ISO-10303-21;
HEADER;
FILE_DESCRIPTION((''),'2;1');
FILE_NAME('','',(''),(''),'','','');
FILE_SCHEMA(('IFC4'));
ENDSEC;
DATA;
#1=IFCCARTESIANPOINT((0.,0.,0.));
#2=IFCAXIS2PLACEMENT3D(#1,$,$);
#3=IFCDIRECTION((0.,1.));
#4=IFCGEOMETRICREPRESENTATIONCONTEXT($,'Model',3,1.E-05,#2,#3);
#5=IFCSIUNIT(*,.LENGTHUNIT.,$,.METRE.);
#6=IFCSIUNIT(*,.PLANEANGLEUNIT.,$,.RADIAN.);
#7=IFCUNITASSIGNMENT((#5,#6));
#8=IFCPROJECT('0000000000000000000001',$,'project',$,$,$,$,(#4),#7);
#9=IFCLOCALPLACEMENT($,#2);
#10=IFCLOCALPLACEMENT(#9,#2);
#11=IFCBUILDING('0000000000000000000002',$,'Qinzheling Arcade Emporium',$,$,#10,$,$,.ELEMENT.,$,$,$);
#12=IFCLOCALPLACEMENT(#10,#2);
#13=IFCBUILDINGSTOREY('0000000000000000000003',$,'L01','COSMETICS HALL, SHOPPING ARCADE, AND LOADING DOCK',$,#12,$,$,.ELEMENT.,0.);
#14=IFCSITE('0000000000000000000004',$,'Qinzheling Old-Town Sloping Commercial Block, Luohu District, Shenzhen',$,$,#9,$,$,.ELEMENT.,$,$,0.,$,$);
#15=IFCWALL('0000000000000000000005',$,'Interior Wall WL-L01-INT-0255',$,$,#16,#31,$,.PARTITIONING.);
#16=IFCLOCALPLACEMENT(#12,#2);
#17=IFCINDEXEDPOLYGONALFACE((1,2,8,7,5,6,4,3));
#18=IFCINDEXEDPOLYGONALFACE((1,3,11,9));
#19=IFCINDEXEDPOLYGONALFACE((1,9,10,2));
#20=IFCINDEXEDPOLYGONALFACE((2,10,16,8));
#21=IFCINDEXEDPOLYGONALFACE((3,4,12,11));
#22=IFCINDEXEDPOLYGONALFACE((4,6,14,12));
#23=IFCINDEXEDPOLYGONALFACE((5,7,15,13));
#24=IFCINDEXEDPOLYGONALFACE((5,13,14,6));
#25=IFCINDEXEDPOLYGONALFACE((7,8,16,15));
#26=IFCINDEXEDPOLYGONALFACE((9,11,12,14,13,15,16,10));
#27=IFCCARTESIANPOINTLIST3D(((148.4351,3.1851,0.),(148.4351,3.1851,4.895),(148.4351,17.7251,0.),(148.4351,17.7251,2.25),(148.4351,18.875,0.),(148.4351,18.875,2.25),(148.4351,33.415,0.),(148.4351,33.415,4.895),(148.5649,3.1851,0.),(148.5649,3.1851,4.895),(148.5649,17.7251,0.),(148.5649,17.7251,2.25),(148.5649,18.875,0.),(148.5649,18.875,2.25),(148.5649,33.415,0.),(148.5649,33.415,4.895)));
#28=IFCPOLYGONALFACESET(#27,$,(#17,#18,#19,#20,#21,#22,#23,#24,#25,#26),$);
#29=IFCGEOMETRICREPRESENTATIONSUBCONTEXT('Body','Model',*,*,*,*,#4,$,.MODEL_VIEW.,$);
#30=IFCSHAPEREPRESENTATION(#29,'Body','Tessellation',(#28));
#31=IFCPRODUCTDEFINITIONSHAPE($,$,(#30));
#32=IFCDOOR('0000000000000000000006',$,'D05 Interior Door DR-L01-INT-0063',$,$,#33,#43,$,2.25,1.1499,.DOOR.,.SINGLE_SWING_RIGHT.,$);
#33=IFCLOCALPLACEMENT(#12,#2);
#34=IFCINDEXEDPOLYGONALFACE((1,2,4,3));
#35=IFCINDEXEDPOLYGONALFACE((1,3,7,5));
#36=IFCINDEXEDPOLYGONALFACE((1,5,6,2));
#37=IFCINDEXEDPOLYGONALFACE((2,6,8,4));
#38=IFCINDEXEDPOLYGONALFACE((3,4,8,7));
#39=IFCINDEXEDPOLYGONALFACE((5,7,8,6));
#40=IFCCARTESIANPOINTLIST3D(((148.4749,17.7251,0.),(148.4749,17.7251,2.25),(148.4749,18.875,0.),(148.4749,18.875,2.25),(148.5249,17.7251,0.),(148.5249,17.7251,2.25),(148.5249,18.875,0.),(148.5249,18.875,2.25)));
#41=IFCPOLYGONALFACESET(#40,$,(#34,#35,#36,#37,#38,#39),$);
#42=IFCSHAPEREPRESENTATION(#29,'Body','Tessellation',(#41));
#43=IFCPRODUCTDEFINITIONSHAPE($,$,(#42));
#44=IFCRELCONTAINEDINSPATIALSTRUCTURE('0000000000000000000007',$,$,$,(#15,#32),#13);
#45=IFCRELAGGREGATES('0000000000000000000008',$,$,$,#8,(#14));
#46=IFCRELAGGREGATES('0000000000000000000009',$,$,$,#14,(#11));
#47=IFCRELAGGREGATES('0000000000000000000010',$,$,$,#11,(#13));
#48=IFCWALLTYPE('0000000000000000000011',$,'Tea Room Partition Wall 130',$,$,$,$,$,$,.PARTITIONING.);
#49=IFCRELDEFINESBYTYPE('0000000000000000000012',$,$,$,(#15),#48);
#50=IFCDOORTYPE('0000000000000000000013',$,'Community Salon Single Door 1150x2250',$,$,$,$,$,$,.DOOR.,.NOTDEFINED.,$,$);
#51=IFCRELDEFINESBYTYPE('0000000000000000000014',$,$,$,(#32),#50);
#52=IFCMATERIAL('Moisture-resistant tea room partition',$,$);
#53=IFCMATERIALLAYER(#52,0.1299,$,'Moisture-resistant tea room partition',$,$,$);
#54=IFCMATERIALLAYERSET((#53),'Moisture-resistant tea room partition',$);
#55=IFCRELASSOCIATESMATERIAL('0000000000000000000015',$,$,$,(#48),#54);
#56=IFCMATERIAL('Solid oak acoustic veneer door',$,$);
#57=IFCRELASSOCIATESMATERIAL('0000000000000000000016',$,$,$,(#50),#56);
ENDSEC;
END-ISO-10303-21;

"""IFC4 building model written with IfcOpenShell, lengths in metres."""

from ifc_helpers import new_model, si_unit, direction, frame, frame_2d, origin, place, context, subcontext, project, spatial, rectangle, extrude, material, layer, layer_set, type_object, element, fill, save


model = new_model("IFC4")

# Units and contexts
model_context = context("Model", 3, precision=1e-05, world=origin(), true_north=direction((0.0, 1.0)))
body_context = subcontext(model_context, "Body", "Model", "MODEL_VIEW")
ifc_project = project(units=[si_unit("LENGTHUNIT", "METRE"), si_unit("PLANEANGLEUNIT", "RADIAN")], contexts=[model_context])

# Site, building, storey
site_placement = place(None, origin())
site = spatial("IfcSite", under=ifc_project, at=site_placement, Name="Qinzheling Old-Town Sloping Commercial Block, Luohu District, Shenzhen", CompositionType="ELEMENT", RefElevation=0.0)
building_placement = place(site_placement, origin())
building = spatial("IfcBuilding", under=site, at=building_placement, Name="Qinzheling Arcade Emporium", CompositionType="ELEMENT")
storey_placement = place(building_placement, origin())
storey = spatial("IfcBuildingStorey", under=building, at=storey_placement, Name="L01", Description="COSMETICS HALL, SHOPPING ARCADE, AND LOADING DOCK", CompositionType="ELEMENT", Elevation=0.0)

# Wall, opening, door
ifc_material_1 = material(Name="Moisture-resistant tea room partition")
ifc_layer_1 = layer(ifc_material_1, 0.1299, Name="Moisture-resistant tea room partition")
ifc_layer_set_1 = layer_set([ifc_layer_1], Name="Moisture-resistant tea room partition")
wall_type_1 = type_object("IfcWallType", Name="Tea Room Partition Wall 130", PredefinedType="PARTITIONING", material=ifc_layer_set_1)
wall_1_placement = place(storey_placement, frame((148.5, 33.415, 0.0), z_axis=(0.0, 0.0, 1.0), x_axis=(0.0, -1.0, 0.0)))
wall_1 = element("IfcWall", 1, at=wall_1_placement, inside=storey, type_object=wall_type_1, Name="Interior Wall WL-L01-INT-0255", PredefinedType="PARTITIONING", context=body_context, shape_type="SweptSolid", body=[
    extrude(rectangle(XDim=30.23, YDim=0.1299, at=frame_2d((15.115, 0.0))), origin(), (0.0, 0.0, 1.0), 4.895),
])
opening_1_placement = place(wall_1_placement, frame((14.54, 0.0, 0.0)))
opening_1 = element("IfcOpeningElement", 2, at=opening_1_placement, cuts=wall_1, PredefinedType="OPENING", context=body_context, shape_type="SweptSolid", body=[
    extrude(rectangle(XDim=1.1499, YDim=2.25, at=frame_2d((0.575, 1.125))), frame((0.0, 0.075, 0.0), z_axis=(0.0, -1.0, 0.0), x_axis=(1.0, 0.0, 0.0)), (0.0, 0.0, 1.0), 0.1499),
])
ifc_material_2 = material(Name="Solid oak acoustic veneer door")
door_type = type_object("IfcDoorType", Name="Community Salon Single Door 1150x2250", OperationType="NOTDEFINED", PredefinedType="DOOR", material=ifc_material_2)
door_placement = place(opening_1_placement, origin())
door = element("IfcDoor", 3, at=door_placement, inside=storey, type_object=door_type, Name="D05 Interior Door DR-L01-INT-0063", OperationType="SINGLE_SWING_RIGHT", OverallHeight=2.25, OverallWidth=1.1499, PredefinedType="DOOR", context=body_context, shape_type="SweptSolid", body=[
    extrude(rectangle(XDim=1.1499, YDim=2.25, at=frame_2d((0.575, 1.125))), frame((0.0, 0.0249, 0.0), z_axis=(0.0, -1.0, 0.0), x_axis=(1.0, 0.0, 0.0)), (0.0, 0.0, 1.0), 0.05),
])
fill(opening_1, door)

save(model, "model.ifc")
